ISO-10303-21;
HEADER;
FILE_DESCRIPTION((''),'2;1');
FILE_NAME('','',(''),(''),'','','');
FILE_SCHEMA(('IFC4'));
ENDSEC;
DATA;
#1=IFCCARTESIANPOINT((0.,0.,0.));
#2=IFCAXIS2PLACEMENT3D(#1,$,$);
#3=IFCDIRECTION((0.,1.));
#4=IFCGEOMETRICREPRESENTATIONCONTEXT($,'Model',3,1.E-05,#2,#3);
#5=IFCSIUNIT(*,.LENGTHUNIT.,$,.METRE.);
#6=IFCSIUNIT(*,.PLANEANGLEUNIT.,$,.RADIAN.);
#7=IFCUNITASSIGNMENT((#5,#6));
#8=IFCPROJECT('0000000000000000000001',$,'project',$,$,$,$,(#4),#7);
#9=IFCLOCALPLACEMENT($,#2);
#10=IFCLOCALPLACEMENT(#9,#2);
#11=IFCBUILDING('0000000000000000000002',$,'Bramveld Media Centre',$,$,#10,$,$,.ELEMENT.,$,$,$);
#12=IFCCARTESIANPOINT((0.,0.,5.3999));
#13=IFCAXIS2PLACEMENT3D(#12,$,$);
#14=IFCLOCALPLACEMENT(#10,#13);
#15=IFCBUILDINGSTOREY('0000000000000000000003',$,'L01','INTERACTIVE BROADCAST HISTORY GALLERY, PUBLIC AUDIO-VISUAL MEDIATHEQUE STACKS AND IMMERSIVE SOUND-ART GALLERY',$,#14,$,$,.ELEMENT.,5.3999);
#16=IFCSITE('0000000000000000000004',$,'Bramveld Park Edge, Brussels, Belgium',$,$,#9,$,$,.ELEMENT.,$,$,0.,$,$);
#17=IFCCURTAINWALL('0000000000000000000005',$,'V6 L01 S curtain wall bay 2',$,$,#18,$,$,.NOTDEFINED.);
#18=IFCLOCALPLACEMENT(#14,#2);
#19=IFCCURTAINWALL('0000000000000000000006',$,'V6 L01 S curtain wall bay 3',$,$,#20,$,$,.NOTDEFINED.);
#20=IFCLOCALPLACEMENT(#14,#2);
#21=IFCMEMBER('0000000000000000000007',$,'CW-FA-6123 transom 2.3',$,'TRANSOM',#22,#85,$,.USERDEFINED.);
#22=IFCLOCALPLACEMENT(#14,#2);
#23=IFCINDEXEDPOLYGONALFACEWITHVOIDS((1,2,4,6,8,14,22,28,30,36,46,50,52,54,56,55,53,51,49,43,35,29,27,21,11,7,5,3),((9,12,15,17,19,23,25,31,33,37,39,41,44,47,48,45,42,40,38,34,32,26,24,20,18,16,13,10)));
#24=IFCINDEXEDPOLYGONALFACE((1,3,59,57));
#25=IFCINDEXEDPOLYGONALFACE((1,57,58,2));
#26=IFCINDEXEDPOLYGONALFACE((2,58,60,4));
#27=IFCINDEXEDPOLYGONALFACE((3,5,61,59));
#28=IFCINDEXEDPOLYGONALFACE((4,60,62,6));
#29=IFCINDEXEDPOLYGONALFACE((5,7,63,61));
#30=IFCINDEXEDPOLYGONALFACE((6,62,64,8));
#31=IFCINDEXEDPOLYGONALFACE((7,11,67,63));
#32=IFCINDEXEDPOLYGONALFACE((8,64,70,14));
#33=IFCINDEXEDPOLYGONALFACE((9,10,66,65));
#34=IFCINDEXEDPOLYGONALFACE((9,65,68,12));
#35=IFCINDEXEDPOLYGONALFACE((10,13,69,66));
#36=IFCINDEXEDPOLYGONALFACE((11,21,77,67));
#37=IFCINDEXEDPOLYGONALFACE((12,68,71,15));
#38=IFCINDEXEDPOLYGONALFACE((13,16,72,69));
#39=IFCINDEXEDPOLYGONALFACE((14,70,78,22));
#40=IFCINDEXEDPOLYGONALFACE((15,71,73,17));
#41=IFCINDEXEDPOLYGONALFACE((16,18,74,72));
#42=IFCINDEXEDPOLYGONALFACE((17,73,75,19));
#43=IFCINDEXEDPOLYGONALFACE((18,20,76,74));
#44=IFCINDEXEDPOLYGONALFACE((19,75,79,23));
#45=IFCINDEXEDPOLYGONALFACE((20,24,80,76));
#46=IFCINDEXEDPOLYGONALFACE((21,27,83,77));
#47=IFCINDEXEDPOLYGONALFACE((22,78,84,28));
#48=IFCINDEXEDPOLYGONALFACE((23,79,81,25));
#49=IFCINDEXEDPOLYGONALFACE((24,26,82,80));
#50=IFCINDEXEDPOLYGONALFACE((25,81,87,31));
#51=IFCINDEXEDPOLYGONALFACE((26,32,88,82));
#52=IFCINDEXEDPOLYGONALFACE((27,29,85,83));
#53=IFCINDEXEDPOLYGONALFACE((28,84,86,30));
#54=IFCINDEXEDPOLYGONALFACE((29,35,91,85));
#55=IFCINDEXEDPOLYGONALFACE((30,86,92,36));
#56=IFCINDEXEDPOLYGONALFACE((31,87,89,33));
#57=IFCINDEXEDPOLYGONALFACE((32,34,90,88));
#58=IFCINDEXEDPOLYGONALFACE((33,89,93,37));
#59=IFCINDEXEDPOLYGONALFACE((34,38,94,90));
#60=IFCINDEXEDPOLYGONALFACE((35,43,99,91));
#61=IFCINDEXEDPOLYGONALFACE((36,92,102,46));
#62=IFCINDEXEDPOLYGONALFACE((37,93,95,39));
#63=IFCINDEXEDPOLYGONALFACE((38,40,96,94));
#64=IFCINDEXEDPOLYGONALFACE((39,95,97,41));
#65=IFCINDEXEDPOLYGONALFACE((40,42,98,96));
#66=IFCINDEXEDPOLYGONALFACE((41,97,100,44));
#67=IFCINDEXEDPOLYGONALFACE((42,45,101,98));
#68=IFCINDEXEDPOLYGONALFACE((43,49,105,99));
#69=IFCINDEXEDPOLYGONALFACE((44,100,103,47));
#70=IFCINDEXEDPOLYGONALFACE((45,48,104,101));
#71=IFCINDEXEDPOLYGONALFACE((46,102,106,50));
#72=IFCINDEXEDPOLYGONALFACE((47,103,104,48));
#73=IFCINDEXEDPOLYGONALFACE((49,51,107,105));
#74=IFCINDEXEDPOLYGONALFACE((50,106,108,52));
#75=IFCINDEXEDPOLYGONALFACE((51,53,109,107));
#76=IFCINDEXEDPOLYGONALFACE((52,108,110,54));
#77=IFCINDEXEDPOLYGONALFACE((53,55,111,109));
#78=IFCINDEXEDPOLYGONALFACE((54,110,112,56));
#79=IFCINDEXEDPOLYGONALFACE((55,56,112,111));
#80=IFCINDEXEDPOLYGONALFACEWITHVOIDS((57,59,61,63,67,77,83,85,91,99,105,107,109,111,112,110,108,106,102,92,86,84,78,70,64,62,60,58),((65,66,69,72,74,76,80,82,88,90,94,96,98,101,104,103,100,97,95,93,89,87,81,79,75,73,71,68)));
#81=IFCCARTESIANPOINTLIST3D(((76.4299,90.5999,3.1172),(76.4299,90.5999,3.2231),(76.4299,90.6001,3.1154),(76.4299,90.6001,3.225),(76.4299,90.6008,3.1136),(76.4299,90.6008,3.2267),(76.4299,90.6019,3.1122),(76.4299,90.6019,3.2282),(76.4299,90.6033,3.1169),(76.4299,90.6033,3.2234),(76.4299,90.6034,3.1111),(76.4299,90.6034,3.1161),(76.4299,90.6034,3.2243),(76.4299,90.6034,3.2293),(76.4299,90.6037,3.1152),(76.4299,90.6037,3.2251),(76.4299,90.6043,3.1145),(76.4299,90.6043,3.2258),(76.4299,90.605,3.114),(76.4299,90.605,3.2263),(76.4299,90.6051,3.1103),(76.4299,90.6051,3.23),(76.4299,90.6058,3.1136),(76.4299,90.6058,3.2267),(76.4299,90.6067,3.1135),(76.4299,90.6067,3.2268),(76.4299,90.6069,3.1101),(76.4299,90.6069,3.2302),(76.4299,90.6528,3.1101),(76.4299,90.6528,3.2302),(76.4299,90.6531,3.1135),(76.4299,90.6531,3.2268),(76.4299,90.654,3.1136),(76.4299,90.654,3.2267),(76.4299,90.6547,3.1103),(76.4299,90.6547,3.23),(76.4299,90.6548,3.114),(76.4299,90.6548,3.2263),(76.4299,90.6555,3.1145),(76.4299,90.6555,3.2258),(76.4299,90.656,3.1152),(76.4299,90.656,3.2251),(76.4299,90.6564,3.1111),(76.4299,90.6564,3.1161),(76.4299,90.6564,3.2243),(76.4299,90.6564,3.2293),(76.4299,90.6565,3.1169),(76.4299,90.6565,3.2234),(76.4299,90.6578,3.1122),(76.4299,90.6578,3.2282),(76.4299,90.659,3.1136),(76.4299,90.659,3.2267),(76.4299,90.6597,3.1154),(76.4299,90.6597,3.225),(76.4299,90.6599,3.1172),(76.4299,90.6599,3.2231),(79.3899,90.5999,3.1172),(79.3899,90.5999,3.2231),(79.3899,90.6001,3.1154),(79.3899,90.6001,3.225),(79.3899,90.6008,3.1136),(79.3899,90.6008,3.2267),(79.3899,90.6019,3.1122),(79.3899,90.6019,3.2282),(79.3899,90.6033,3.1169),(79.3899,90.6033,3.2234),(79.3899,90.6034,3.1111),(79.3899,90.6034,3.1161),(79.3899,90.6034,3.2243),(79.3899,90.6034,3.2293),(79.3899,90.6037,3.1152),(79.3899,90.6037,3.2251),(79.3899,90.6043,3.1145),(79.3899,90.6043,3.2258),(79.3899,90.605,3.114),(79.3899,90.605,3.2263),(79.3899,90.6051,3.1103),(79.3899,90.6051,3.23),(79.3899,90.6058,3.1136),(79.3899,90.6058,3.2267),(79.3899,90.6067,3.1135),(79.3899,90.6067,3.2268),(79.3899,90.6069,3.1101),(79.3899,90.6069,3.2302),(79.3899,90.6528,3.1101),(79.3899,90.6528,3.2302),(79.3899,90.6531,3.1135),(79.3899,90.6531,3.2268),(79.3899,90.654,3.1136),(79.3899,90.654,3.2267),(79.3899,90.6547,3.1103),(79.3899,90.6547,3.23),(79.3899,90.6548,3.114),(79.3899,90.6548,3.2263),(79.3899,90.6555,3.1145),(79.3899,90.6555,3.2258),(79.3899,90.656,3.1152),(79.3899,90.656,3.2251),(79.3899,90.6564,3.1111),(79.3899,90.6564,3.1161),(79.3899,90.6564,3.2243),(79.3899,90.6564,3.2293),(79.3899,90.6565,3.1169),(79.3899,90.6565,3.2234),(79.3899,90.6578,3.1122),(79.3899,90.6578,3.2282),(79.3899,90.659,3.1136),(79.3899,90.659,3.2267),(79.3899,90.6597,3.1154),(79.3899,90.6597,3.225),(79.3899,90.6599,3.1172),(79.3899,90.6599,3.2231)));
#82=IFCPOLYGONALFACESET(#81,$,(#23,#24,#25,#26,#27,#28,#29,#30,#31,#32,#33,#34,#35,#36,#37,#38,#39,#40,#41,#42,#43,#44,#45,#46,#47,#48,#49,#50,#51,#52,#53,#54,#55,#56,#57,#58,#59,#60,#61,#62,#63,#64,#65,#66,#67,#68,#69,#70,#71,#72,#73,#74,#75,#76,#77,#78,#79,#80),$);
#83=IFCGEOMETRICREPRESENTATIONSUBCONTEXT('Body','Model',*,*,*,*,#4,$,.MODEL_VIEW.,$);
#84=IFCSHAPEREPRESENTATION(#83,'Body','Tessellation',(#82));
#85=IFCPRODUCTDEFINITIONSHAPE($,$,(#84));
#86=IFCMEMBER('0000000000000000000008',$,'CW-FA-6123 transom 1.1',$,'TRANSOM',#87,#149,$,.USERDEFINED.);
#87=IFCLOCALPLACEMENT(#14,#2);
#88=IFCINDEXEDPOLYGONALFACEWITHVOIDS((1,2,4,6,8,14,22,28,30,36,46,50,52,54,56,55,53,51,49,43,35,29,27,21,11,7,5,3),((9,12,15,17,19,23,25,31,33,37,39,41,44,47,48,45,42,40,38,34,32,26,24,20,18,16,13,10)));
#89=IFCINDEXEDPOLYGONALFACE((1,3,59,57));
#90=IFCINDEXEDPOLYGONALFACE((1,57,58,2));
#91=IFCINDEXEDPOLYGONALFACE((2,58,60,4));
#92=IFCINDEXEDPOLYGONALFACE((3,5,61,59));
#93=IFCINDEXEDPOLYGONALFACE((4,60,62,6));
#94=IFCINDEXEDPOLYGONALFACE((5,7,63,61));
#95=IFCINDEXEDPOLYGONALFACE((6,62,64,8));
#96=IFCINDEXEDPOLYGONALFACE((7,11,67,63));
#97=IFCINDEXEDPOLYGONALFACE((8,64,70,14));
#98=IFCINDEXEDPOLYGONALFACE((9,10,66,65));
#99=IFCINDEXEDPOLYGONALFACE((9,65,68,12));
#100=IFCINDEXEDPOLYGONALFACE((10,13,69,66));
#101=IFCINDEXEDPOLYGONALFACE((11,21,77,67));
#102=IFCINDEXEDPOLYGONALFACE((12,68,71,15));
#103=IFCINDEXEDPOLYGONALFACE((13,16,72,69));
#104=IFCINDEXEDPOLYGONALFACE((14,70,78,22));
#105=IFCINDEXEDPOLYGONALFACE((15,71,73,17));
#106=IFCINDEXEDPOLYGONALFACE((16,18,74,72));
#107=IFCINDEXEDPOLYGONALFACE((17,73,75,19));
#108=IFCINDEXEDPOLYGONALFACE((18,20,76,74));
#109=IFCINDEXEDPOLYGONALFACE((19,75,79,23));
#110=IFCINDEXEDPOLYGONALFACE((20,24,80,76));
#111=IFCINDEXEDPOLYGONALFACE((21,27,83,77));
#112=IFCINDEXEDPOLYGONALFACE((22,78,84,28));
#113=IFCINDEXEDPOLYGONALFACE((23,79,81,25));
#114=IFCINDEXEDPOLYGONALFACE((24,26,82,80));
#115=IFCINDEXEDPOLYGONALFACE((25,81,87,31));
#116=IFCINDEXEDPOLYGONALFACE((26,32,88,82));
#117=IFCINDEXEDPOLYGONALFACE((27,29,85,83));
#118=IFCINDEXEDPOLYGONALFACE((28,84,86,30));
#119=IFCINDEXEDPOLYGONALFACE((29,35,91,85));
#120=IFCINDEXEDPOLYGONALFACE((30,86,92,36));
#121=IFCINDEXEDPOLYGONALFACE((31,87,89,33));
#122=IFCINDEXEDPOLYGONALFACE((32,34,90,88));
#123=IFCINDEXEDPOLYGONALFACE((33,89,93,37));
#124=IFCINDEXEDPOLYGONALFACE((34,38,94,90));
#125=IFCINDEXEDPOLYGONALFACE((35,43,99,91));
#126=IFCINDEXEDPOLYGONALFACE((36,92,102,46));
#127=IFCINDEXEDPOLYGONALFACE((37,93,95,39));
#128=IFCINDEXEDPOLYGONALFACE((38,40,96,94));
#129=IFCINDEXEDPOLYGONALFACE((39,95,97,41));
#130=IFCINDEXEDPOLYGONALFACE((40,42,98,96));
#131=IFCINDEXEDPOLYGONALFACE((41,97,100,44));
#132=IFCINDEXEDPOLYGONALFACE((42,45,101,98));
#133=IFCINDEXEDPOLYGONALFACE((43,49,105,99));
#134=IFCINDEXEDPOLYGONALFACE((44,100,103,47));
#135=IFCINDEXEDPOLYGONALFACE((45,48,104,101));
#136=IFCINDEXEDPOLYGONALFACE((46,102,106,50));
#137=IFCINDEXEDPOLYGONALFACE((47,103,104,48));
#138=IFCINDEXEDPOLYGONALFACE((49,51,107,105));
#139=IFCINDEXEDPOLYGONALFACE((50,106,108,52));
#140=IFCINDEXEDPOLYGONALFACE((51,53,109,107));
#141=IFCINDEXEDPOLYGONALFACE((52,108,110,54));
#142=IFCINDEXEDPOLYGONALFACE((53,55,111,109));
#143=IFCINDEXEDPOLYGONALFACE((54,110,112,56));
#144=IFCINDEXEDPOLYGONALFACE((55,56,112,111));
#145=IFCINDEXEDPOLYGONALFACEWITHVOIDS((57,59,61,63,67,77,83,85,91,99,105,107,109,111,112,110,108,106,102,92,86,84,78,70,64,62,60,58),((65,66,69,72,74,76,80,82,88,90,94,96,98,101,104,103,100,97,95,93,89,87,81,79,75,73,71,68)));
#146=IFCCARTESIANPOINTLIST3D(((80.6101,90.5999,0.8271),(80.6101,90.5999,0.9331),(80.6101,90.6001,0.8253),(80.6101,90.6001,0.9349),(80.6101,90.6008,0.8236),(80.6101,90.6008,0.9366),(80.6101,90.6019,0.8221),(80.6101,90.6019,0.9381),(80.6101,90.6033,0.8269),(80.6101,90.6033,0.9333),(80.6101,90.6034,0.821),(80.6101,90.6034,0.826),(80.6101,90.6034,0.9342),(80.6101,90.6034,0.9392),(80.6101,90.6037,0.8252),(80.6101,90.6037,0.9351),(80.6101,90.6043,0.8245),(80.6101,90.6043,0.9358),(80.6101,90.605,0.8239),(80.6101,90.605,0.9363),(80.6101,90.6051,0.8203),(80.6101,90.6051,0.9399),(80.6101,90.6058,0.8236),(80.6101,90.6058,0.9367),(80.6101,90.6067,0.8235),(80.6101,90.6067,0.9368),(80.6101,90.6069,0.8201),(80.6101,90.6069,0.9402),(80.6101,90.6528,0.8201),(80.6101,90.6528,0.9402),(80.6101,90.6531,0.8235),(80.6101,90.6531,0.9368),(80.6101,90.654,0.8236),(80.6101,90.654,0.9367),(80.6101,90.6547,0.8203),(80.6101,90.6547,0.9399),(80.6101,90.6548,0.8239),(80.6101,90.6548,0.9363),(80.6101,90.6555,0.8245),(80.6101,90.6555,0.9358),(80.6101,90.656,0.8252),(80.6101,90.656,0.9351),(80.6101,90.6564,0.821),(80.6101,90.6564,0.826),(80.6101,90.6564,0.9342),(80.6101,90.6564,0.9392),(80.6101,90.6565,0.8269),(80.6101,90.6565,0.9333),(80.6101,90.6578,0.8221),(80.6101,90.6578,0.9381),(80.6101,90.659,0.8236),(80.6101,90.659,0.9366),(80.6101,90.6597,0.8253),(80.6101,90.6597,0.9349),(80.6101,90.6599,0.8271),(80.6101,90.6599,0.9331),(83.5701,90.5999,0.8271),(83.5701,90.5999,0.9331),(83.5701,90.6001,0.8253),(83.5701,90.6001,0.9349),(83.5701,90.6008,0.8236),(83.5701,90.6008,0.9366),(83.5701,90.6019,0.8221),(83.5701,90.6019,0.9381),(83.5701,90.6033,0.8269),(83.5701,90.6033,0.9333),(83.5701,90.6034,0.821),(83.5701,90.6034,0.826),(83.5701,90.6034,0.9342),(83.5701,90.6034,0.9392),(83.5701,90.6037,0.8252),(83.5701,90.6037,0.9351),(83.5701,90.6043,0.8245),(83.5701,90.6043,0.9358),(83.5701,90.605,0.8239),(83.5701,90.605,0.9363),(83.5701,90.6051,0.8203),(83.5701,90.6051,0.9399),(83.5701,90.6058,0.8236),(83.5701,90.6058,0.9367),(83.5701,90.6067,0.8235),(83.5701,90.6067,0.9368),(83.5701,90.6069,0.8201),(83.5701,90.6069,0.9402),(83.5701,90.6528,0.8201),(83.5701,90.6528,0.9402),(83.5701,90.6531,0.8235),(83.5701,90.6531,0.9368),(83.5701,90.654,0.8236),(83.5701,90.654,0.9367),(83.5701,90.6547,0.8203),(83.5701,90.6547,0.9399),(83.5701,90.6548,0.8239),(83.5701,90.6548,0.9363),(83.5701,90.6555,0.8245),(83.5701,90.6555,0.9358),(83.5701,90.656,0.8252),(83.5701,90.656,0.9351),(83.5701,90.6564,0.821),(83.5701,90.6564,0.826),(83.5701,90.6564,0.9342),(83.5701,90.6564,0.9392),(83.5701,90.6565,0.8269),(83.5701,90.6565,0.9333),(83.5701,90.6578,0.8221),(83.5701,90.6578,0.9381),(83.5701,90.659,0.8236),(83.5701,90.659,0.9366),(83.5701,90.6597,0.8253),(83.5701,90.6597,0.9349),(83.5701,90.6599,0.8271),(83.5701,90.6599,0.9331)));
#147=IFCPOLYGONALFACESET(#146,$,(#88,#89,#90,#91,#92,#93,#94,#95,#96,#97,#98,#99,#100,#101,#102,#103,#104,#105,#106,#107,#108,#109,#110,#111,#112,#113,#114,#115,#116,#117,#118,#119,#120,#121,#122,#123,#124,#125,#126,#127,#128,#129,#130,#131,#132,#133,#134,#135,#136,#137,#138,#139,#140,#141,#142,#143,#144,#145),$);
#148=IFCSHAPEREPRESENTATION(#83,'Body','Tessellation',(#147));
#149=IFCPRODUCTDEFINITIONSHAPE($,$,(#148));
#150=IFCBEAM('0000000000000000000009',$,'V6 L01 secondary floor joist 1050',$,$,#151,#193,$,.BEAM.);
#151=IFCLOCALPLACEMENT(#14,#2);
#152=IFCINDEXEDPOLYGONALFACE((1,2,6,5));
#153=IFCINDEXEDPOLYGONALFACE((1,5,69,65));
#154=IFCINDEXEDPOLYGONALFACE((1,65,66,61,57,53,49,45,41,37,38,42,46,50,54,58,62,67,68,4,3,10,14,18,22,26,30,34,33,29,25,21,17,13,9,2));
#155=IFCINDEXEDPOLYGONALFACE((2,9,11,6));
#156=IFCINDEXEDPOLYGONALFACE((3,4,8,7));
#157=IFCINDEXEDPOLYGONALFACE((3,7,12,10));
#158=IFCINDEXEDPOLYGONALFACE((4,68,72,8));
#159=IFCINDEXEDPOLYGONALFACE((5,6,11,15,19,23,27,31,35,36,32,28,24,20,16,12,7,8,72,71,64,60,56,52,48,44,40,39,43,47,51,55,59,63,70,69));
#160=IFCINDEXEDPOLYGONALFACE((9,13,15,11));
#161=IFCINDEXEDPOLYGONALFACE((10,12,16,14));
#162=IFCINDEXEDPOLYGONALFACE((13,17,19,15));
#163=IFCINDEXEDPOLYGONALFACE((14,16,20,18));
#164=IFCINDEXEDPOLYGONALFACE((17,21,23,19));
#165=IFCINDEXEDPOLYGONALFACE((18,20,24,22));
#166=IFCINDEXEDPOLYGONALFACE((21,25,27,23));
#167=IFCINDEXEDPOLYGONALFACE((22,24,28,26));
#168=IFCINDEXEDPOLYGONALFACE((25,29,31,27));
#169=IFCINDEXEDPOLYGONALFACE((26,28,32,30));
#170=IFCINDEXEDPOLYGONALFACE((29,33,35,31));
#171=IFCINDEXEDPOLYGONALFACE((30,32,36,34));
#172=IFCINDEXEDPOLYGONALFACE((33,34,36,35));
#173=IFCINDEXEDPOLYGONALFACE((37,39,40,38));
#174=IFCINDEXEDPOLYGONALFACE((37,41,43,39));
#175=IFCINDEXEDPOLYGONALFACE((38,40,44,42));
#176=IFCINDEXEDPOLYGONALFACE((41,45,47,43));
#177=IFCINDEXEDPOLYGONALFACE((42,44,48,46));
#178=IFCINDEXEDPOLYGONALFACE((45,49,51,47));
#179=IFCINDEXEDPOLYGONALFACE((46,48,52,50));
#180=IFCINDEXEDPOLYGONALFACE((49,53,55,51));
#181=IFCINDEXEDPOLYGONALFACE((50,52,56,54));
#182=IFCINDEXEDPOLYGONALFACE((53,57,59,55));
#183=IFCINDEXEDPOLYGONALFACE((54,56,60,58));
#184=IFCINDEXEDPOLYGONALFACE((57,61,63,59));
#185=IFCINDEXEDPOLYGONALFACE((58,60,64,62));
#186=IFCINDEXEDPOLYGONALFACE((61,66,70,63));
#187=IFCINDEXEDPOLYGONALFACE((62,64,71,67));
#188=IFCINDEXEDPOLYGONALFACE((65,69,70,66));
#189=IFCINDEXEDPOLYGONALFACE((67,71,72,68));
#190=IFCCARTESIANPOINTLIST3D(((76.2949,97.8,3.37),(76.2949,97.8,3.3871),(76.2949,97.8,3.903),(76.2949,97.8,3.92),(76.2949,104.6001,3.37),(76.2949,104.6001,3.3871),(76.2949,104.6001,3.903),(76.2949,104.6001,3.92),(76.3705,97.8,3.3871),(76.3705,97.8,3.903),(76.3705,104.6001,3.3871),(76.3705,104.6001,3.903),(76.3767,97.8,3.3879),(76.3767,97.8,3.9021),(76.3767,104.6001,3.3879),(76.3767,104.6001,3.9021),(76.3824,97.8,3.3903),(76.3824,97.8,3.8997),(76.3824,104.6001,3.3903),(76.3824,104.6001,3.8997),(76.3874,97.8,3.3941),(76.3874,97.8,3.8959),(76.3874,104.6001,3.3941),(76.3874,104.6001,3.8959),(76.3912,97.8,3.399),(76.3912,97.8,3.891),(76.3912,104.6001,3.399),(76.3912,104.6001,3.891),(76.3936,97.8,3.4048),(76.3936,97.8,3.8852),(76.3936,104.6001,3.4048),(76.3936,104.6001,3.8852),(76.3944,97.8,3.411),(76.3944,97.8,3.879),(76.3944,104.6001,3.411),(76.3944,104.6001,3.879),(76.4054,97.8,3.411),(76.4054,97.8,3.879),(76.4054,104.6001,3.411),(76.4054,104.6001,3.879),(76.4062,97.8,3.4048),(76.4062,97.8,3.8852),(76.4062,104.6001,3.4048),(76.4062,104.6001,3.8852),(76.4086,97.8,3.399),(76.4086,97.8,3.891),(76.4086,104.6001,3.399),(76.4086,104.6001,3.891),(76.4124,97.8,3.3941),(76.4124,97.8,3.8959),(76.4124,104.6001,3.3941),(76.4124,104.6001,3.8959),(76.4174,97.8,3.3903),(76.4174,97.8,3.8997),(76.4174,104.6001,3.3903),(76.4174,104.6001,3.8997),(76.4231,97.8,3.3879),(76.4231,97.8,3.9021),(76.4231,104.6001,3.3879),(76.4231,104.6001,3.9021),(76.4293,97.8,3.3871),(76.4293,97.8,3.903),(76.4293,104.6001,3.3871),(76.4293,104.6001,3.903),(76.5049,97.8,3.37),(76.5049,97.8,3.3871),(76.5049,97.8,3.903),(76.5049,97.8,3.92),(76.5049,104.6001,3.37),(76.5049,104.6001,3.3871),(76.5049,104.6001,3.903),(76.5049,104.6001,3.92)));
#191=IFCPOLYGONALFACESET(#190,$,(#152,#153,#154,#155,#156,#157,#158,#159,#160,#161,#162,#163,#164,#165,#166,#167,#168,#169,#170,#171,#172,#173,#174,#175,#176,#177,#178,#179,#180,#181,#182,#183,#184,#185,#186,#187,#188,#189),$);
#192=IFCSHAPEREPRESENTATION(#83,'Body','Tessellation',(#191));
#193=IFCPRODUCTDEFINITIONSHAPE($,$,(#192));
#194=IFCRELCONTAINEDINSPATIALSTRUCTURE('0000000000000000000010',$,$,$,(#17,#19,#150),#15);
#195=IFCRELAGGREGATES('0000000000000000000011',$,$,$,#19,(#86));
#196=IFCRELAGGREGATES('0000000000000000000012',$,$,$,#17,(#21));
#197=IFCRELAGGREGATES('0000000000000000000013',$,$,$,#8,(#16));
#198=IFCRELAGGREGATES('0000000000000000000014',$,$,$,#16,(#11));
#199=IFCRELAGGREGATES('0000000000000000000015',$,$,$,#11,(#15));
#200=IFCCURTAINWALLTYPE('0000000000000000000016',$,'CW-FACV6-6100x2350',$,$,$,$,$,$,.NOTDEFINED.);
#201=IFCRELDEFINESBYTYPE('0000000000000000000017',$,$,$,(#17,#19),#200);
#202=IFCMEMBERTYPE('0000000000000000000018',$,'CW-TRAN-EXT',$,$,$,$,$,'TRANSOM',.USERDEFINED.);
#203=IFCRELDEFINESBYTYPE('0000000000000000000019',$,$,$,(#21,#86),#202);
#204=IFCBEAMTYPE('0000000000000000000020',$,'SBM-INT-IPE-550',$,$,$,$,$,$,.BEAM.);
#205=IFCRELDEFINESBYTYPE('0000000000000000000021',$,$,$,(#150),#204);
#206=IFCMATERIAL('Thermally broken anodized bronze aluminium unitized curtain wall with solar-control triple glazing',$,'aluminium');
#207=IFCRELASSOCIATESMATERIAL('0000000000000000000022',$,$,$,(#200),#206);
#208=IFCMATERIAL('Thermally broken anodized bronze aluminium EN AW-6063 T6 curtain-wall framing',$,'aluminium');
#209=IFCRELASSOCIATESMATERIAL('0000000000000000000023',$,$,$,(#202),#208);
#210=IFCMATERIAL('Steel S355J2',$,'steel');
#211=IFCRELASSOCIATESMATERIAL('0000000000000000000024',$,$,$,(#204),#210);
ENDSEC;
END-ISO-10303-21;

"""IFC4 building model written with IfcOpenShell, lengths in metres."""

from ifc_helpers import new_model, si_unit, direction, frame, origin, origin_2d, place, context, subcontext, project, spatial, hollow_rectangle, i_section, extrude, material, material_profile, profile_set, type_object, element, aggregate, save


model = new_model("IFC4")

# Units and contexts
model_context = context("Model", 3, precision=1e-05, world=origin(), true_north=direction((0.0, 1.0)))
body_context = subcontext(model_context, "Body", "Model", "MODEL_VIEW")
ifc_project = project(units=[si_unit("LENGTHUNIT", "METRE"), si_unit("PLANEANGLEUNIT", "RADIAN")], contexts=[model_context])

# Site, building, storey
site_placement = place(None, origin())
site = spatial("IfcSite", under=ifc_project, at=site_placement, Name="Bramveld Park Edge, Brussels, Belgium", CompositionType="ELEMENT", RefElevation=0.0)
building_placement = place(site_placement, origin())
building = spatial("IfcBuilding", under=site, at=building_placement, Name="Bramveld Media Centre", CompositionType="ELEMENT")
storey_placement = place(building_placement, frame((0.0, 0.0, 5.3999)))
storey = spatial("IfcBuildingStorey", under=building, at=storey_placement, Name="L01", Description="INTERACTIVE BROADCAST HISTORY GALLERY, PUBLIC AUDIO-VISUAL MEDIATHEQUE STACKS AND IMMERSIVE SOUND-ART GALLERY", CompositionType="ELEMENT", Elevation=5.3999)

# Curtain wall
ifc_material_1 = material(Name="Thermally broken anodized bronze aluminium unitized curtain wall with solar-control triple glazing", Category="aluminium")
curtain_wall_type = type_object("IfcCurtainWallType", Name="CW-FACV6-6100x2350", PredefinedType="NOTDEFINED", material=ifc_material_1)
curtain_wall_1_placement = place(storey_placement, origin())
curtain_wall_1 = element("IfcCurtainWall", 1, at=curtain_wall_1_placement, inside=storey, type_object=curtain_wall_type, Name="V6 L01 S curtain wall bay 2", PredefinedType="NOTDEFINED")

# Curtain wall
curtain_wall_2_placement = place(storey_placement, origin())
curtain_wall_2 = element("IfcCurtainWall", 2, at=curtain_wall_2_placement, inside=storey, type_object=curtain_wall_type, Name="V6 L01 S curtain wall bay 3", PredefinedType="NOTDEFINED")

# Members
ifc_material_2 = material(Name="Thermally broken anodized bronze aluminium EN AW-6063 T6 curtain-wall framing", Category="aluminium")
ifc_material_profile_1 = material_profile(ifc_material_2, hollow_rectangle(XDim=0.0601, YDim=0.1201, WallThickness=0.0034, InnerFilletRadius=0.0034, OuterFilletRadius=0.0071, at=origin_2d()), Name="AL-TRAN 60x120")
ifc_profile_set_1 = profile_set([ifc_material_profile_1], Name="Thermally broken anodized bronze aluminium EN AW-6063 T6 curtain-wall framing")
member_type_1 = type_object("IfcMemberType", Name="CW-TRAN-EXT", ElementType="TRANSOM", PredefinedType="USERDEFINED", material=ifc_profile_set_1)
member_1_placement = place(storey_placement, frame((76.4299, 90.6299, 3.1702), z_axis=(1.0, 0.0, 0.0), x_axis=(0.0, 1.0, 0.0)))
member_1 = element("IfcMember", 3, at=member_1_placement, type_object=member_type_1, Name="CW-FA-6123 transom 2.3", ObjectType="TRANSOM", PredefinedType="USERDEFINED", context=body_context, shape_type="SweptSolid", body=[
    extrude(hollow_rectangle(XDim=0.0601, YDim=0.1201, WallThickness=0.0034, InnerFilletRadius=0.0034, OuterFilletRadius=0.0071, at=origin_2d()), origin(), (0.0, 0.0, 1.0), 2.96),
])
member_2_placement = place(storey_placement, frame((80.6101, 90.6299, 0.8801), z_axis=(1.0, 0.0, 0.0), x_axis=(0.0, 1.0, 0.0)))
member_2 = element("IfcMember", 4, at=member_2_placement, type_object=member_type_1, Name="CW-FA-6123 transom 1.1", ObjectType="TRANSOM", PredefinedType="USERDEFINED", context=body_context, shape_type="SweptSolid", body=[
    extrude(hollow_rectangle(XDim=0.0601, YDim=0.1201, WallThickness=0.0034, InnerFilletRadius=0.0034, OuterFilletRadius=0.0071, at=origin_2d()), origin(), (0.0, 0.0, 1.0), 2.96),
])
aggregate(curtain_wall_2, [member_2])

# Beam
ifc_material_3 = material(Name="Steel S355J2", Category="steel")
ifc_material_profile_2 = material_profile(ifc_material_3, i_section(OverallWidth=0.21, OverallDepth=0.55, WebThickness=0.011, FlangeThickness=0.0171, FilletRadius=0.0239, at=origin_2d()), Name="IPE 550")
ifc_profile_set_2 = profile_set([ifc_material_profile_2], Name="Steel S355J2")
beam_type_1 = type_object("IfcBeamType", Name="SBM-INT-IPE-550", PredefinedType="BEAM", material=ifc_profile_set_2)
beam_1_placement = place(storey_placement, frame((76.3999, 97.8, 3.645), z_axis=(0.0, 1.0, 0.0), x_axis=(-1.0, 0.0, 0.0)))
element("IfcBeam", 5, at=beam_1_placement, inside=storey, type_object=beam_type_1, Name="V6 L01 secondary floor joist 1050", PredefinedType="BEAM", context=body_context, shape_type="SweptSolid", body=[
    extrude(i_section(OverallWidth=0.21, OverallDepth=0.55, WebThickness=0.011, FlangeThickness=0.0171, FilletRadius=0.0239, at=origin_2d()), origin(), (0.0, 0.0, 1.0), 6.8),
])

aggregate(curtain_wall_1, [member_1])

save(model, "model.ifc")
